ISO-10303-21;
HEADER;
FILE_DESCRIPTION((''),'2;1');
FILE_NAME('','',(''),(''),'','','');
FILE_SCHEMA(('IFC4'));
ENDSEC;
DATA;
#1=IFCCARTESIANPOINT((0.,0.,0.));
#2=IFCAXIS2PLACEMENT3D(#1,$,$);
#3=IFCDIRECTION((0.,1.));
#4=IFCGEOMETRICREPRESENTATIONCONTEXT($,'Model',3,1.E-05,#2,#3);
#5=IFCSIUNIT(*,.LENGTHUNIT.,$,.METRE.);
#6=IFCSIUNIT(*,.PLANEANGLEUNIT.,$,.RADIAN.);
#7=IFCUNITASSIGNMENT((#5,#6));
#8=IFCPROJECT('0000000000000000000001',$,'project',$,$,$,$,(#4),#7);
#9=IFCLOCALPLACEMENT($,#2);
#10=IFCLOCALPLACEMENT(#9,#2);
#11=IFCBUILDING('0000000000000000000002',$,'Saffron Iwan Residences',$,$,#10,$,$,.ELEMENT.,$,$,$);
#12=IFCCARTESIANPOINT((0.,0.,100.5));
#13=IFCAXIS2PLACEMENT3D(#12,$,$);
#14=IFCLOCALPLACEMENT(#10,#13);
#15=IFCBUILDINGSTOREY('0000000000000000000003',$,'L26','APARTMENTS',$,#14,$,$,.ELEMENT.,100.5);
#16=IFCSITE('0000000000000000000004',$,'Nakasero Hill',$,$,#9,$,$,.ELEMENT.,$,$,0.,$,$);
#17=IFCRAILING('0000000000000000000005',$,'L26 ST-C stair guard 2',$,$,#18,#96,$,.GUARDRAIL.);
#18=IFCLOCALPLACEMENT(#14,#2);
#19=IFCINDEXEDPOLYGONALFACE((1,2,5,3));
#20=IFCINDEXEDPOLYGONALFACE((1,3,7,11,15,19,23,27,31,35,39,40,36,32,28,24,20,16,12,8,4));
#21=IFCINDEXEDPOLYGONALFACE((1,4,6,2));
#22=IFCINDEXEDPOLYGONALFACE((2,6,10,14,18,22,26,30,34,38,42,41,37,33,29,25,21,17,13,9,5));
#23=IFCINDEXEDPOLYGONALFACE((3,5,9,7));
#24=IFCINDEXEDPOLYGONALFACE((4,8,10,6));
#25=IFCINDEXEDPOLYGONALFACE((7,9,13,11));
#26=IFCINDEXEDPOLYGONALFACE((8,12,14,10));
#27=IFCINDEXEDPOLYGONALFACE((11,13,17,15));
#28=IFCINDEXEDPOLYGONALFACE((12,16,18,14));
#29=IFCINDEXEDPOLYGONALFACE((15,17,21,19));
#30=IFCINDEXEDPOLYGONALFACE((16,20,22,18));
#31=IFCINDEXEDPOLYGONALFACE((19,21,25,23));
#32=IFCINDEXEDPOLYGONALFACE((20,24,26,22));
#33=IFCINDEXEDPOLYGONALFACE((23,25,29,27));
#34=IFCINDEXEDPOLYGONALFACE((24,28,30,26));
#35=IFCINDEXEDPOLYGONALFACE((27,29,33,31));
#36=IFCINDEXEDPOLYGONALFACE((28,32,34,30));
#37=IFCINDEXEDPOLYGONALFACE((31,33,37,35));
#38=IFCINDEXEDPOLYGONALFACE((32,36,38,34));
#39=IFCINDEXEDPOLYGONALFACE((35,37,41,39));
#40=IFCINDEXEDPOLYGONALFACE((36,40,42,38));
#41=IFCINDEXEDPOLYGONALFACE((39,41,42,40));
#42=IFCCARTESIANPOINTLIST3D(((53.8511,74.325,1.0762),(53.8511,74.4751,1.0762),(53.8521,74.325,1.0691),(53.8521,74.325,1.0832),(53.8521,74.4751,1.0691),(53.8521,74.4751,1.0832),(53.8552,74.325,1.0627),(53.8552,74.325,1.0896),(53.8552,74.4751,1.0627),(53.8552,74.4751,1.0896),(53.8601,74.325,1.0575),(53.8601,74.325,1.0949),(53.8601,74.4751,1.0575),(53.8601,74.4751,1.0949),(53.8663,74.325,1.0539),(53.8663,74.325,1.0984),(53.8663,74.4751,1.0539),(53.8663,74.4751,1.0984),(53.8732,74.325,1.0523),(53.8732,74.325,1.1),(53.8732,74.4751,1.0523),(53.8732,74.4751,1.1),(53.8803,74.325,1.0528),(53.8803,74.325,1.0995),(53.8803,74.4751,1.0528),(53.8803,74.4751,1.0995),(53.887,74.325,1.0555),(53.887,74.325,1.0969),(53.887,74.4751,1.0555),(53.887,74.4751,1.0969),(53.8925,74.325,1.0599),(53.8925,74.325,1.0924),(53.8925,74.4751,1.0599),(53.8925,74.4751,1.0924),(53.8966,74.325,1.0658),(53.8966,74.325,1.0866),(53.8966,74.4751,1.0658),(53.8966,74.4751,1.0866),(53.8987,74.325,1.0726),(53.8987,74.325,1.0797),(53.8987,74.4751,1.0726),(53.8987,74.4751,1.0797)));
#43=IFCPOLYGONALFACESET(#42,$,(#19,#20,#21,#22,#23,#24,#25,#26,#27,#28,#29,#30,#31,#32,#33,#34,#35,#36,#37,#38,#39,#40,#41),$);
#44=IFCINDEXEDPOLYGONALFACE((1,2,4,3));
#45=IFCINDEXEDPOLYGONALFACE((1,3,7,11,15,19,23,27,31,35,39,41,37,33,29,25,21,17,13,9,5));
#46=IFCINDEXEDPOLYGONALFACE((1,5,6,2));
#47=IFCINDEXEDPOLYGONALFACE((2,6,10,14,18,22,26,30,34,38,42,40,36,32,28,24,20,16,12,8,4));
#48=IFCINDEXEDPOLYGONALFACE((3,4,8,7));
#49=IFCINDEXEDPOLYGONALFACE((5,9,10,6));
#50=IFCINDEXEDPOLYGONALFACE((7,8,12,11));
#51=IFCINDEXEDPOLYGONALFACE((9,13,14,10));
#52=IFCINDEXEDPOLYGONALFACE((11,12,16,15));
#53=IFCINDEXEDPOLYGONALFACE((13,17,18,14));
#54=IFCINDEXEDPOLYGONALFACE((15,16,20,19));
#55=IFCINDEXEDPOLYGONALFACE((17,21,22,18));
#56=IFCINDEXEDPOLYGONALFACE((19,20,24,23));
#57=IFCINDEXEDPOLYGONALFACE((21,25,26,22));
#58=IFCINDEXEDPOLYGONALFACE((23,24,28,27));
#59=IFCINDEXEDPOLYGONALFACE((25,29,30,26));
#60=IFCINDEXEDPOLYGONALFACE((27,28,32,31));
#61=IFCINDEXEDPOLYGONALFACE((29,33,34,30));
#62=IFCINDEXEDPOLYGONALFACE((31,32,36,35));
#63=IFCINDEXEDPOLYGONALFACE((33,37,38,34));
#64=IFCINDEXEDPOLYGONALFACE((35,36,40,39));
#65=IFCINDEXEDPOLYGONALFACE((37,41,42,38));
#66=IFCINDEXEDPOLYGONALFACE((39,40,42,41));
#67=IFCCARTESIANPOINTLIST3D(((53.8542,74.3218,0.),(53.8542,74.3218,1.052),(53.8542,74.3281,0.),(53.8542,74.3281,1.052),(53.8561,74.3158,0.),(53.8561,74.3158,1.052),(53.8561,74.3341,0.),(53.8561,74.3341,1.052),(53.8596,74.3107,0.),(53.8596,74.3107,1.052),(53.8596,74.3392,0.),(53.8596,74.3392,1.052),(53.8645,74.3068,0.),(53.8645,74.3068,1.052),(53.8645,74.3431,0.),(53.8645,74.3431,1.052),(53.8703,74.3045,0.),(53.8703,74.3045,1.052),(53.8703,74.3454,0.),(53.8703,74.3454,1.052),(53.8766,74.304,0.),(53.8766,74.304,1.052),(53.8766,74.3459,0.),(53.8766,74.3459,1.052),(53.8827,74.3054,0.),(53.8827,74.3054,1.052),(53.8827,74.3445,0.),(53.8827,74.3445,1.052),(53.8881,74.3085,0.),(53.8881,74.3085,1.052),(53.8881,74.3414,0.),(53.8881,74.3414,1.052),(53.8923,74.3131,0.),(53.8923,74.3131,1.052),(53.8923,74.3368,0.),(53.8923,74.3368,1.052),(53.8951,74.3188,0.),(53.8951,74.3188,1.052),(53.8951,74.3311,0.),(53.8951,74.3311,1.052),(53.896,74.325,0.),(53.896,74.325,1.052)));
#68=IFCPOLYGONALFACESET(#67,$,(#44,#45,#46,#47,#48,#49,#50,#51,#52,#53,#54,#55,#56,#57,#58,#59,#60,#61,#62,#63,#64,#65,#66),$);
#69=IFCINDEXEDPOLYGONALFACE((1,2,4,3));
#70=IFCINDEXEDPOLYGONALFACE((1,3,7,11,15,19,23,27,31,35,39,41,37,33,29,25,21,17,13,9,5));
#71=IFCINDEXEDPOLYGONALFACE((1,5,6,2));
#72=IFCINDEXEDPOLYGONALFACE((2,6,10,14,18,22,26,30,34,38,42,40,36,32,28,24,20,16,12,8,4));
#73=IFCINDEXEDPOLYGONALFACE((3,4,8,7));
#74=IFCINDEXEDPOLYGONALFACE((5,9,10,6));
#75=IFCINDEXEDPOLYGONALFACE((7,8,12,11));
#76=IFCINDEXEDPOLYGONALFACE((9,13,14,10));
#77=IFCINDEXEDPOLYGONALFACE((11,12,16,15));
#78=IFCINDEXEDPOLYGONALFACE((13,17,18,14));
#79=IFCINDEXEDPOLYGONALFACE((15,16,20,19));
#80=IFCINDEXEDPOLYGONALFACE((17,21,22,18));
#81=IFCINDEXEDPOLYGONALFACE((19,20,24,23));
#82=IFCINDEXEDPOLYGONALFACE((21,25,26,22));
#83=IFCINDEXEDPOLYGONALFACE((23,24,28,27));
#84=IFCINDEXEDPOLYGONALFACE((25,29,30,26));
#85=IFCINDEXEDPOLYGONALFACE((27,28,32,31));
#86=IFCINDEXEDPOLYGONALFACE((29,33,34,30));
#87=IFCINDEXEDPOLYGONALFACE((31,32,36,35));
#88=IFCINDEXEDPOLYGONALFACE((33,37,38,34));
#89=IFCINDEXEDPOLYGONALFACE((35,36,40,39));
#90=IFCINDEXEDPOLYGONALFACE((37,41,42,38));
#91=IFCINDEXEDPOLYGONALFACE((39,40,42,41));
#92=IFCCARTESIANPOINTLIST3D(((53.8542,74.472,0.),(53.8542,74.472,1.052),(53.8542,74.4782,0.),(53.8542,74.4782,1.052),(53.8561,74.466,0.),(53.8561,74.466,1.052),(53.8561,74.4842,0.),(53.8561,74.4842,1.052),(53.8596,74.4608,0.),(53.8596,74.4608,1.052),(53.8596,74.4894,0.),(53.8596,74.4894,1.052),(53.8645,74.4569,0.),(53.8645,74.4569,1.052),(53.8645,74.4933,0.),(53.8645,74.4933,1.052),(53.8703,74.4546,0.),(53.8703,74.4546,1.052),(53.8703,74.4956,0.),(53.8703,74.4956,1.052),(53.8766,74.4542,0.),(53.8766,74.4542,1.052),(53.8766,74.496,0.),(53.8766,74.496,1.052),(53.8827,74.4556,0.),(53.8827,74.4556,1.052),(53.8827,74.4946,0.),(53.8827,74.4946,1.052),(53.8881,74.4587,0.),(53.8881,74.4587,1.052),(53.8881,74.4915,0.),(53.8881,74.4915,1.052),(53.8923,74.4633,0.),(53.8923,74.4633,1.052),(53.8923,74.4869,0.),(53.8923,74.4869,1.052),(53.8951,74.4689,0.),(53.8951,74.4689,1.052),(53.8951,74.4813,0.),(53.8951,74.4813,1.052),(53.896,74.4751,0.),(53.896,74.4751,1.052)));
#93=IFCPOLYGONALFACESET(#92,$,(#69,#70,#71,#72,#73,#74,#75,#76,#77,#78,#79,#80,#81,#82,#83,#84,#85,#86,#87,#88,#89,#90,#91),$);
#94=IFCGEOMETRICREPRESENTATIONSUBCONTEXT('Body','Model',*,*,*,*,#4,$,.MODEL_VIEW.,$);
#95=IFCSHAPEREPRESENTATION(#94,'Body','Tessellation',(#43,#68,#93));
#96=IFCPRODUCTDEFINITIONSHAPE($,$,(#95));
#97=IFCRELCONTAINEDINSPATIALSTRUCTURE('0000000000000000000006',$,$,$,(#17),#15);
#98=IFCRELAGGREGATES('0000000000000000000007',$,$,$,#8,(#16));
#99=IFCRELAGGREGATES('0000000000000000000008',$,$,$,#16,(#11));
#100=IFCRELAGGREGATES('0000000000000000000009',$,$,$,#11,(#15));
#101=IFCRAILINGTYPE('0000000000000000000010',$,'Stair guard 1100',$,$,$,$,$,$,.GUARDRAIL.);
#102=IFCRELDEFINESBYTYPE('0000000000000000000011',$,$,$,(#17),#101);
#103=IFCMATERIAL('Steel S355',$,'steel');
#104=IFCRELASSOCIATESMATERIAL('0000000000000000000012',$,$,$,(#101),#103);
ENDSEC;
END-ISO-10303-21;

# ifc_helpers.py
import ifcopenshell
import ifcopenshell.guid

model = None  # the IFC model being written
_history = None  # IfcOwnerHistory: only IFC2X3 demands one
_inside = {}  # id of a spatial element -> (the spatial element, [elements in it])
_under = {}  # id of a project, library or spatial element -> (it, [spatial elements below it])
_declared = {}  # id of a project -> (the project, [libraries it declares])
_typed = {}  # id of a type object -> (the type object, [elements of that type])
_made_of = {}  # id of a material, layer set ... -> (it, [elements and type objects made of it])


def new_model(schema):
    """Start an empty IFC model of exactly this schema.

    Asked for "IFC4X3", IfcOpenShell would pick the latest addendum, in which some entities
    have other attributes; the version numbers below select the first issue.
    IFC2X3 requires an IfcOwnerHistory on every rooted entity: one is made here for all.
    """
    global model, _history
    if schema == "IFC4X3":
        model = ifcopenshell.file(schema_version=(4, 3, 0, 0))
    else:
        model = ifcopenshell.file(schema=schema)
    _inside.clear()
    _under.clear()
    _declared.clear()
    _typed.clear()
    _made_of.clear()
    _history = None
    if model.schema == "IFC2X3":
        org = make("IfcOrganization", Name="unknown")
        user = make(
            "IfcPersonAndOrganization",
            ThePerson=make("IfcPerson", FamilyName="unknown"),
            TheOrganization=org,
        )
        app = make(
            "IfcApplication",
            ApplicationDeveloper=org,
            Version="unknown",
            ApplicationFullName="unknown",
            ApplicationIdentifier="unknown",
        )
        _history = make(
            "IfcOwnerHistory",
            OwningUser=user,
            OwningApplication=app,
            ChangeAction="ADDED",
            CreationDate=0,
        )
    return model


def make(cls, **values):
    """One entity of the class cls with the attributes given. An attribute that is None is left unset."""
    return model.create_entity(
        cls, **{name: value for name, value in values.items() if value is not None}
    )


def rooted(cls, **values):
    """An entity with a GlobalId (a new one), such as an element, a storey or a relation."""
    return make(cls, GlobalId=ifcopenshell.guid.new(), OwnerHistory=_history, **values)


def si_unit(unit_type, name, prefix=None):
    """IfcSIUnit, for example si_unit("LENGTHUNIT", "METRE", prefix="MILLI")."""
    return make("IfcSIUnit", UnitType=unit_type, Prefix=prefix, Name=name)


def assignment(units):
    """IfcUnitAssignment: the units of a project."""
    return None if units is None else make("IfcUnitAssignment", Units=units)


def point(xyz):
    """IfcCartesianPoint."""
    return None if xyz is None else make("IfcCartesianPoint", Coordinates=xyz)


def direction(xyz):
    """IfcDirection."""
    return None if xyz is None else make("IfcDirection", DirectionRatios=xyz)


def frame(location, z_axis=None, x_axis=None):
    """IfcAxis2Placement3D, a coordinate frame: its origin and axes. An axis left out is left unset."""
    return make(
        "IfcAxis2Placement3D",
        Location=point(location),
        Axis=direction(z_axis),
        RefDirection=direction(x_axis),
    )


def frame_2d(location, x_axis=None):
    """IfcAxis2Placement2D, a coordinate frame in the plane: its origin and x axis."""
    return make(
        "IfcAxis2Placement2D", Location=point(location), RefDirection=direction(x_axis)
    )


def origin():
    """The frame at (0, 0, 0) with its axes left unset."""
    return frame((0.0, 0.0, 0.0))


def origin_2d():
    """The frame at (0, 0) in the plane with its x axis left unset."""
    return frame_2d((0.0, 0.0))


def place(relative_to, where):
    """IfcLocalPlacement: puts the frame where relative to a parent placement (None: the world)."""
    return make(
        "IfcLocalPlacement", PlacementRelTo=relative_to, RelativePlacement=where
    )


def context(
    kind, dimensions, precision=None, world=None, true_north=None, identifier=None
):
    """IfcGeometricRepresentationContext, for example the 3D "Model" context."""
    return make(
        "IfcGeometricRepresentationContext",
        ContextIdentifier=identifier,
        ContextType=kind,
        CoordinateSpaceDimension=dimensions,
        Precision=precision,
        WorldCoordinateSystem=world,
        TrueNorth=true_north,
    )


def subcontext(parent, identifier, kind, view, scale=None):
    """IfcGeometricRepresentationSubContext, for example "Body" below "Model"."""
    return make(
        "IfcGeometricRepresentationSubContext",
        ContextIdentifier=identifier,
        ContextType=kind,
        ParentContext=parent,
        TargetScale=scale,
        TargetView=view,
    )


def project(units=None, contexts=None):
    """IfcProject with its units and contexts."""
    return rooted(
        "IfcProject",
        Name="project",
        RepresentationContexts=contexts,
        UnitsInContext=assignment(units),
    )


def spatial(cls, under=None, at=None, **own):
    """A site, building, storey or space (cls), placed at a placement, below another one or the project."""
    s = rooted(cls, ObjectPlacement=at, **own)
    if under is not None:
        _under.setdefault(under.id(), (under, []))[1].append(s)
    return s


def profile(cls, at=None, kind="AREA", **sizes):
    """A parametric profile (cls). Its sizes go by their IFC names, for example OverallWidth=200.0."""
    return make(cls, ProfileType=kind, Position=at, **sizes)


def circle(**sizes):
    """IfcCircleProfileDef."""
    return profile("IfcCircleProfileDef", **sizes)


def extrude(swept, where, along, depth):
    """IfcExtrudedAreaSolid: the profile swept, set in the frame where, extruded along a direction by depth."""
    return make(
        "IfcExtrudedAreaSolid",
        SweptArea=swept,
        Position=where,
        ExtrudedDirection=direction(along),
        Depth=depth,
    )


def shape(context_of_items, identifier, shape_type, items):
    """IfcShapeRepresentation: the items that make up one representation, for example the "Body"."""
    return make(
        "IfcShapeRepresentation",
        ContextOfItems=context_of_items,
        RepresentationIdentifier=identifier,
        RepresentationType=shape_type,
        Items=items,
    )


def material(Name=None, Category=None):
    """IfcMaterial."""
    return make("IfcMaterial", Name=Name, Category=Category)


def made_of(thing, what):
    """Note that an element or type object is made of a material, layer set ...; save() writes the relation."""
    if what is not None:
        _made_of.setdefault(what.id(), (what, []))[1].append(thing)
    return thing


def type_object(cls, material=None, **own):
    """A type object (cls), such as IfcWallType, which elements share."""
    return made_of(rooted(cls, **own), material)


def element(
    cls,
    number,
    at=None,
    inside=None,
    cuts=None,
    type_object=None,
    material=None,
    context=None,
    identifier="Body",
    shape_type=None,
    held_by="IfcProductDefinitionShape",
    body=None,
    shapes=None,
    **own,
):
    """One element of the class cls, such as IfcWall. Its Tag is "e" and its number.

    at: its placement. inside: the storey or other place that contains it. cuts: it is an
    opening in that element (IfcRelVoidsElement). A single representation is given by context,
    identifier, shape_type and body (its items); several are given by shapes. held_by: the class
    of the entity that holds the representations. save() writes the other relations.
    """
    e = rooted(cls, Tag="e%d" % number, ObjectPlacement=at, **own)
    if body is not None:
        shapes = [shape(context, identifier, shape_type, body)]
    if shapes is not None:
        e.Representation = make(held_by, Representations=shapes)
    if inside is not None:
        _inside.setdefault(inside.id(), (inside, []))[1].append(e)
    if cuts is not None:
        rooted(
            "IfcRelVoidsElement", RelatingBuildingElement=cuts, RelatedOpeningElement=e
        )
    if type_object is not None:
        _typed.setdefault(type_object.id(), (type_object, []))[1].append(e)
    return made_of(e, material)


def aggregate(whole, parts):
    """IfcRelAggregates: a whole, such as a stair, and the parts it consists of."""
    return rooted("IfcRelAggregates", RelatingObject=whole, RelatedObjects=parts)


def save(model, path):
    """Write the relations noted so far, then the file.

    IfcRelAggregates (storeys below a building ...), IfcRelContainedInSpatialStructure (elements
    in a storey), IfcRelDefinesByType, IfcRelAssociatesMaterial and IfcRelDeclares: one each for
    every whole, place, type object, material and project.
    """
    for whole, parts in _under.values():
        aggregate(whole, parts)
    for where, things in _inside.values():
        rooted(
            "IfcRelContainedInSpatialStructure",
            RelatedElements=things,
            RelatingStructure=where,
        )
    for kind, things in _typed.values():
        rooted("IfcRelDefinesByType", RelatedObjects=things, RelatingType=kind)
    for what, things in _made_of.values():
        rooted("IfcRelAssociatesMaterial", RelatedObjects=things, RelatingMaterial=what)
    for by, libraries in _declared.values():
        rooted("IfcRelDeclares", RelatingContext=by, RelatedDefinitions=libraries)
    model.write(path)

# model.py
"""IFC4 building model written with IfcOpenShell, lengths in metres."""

from ifc_helpers import new_model, si_unit, direction, frame, origin, origin_2d, place, context, subcontext, project, spatial, circle, extrude, material, type_object, element, save


model = new_model("IFC4")

# Units and contexts
model_context = context("Model", 3, precision=1e-05, world=origin(), true_north=direction((0.0, 1.0)))
body_context = subcontext(model_context, "Body", "Model", "MODEL_VIEW")
ifc_project = project(units=[si_unit("LENGTHUNIT", "METRE"), si_unit("PLANEANGLEUNIT", "RADIAN")], contexts=[model_context])

# Site, building, storey
site_placement = place(None, origin())
site = spatial("IfcSite", under=ifc_project, at=site_placement, Name="Nakasero Hill", CompositionType="ELEMENT", RefElevation=0.0)
building_placement = place(site_placement, origin())
building = spatial("IfcBuilding", under=site, at=building_placement, Name="Saffron Iwan Residences", CompositionType="ELEMENT")
storey_placement = place(building_placement, frame((0.0, 0.0, 100.5)))
storey = spatial("IfcBuildingStorey", under=building, at=storey_placement, Name="L26", Description="APARTMENTS", CompositionType="ELEMENT", Elevation=100.5)

# Railing
ifc_material_1 = material(Name="Steel S355", Category="steel")
railing_type_1 = type_object("IfcRailingType", Name="Stair guard 1100", PredefinedType="GUARDRAIL", material=ifc_material_1)
railing_1_placement = place(storey_placement, frame((53.875, 74.325, 0.0)))
element("IfcRailing", 1, at=railing_1_placement, inside=storey, type_object=railing_type_1, Name="L26 ST-C stair guard 2", PredefinedType="GUARDRAIL", context=body_context, shape_type="SweptSolid", body=[
    extrude(circle(Radius=0.0239, at=origin_2d()), frame((0.0, 0.0, 1.0762), z_axis=(0.0, 1.0, 0.0), x_axis=(-1.0, 0.0, 0.0)), (0.0, 0.0, 1.0), 0.1501),
    extrude(circle(Radius=0.021, at=origin_2d()), origin(), (0.0, 0.0, 1.0), 1.052),
    extrude(circle(Radius=0.021, at=origin_2d()), frame((0.0, 0.1501, 0.0)), (0.0, 0.0, 1.0), 1.052),
])

save(model, "model.ifc")
